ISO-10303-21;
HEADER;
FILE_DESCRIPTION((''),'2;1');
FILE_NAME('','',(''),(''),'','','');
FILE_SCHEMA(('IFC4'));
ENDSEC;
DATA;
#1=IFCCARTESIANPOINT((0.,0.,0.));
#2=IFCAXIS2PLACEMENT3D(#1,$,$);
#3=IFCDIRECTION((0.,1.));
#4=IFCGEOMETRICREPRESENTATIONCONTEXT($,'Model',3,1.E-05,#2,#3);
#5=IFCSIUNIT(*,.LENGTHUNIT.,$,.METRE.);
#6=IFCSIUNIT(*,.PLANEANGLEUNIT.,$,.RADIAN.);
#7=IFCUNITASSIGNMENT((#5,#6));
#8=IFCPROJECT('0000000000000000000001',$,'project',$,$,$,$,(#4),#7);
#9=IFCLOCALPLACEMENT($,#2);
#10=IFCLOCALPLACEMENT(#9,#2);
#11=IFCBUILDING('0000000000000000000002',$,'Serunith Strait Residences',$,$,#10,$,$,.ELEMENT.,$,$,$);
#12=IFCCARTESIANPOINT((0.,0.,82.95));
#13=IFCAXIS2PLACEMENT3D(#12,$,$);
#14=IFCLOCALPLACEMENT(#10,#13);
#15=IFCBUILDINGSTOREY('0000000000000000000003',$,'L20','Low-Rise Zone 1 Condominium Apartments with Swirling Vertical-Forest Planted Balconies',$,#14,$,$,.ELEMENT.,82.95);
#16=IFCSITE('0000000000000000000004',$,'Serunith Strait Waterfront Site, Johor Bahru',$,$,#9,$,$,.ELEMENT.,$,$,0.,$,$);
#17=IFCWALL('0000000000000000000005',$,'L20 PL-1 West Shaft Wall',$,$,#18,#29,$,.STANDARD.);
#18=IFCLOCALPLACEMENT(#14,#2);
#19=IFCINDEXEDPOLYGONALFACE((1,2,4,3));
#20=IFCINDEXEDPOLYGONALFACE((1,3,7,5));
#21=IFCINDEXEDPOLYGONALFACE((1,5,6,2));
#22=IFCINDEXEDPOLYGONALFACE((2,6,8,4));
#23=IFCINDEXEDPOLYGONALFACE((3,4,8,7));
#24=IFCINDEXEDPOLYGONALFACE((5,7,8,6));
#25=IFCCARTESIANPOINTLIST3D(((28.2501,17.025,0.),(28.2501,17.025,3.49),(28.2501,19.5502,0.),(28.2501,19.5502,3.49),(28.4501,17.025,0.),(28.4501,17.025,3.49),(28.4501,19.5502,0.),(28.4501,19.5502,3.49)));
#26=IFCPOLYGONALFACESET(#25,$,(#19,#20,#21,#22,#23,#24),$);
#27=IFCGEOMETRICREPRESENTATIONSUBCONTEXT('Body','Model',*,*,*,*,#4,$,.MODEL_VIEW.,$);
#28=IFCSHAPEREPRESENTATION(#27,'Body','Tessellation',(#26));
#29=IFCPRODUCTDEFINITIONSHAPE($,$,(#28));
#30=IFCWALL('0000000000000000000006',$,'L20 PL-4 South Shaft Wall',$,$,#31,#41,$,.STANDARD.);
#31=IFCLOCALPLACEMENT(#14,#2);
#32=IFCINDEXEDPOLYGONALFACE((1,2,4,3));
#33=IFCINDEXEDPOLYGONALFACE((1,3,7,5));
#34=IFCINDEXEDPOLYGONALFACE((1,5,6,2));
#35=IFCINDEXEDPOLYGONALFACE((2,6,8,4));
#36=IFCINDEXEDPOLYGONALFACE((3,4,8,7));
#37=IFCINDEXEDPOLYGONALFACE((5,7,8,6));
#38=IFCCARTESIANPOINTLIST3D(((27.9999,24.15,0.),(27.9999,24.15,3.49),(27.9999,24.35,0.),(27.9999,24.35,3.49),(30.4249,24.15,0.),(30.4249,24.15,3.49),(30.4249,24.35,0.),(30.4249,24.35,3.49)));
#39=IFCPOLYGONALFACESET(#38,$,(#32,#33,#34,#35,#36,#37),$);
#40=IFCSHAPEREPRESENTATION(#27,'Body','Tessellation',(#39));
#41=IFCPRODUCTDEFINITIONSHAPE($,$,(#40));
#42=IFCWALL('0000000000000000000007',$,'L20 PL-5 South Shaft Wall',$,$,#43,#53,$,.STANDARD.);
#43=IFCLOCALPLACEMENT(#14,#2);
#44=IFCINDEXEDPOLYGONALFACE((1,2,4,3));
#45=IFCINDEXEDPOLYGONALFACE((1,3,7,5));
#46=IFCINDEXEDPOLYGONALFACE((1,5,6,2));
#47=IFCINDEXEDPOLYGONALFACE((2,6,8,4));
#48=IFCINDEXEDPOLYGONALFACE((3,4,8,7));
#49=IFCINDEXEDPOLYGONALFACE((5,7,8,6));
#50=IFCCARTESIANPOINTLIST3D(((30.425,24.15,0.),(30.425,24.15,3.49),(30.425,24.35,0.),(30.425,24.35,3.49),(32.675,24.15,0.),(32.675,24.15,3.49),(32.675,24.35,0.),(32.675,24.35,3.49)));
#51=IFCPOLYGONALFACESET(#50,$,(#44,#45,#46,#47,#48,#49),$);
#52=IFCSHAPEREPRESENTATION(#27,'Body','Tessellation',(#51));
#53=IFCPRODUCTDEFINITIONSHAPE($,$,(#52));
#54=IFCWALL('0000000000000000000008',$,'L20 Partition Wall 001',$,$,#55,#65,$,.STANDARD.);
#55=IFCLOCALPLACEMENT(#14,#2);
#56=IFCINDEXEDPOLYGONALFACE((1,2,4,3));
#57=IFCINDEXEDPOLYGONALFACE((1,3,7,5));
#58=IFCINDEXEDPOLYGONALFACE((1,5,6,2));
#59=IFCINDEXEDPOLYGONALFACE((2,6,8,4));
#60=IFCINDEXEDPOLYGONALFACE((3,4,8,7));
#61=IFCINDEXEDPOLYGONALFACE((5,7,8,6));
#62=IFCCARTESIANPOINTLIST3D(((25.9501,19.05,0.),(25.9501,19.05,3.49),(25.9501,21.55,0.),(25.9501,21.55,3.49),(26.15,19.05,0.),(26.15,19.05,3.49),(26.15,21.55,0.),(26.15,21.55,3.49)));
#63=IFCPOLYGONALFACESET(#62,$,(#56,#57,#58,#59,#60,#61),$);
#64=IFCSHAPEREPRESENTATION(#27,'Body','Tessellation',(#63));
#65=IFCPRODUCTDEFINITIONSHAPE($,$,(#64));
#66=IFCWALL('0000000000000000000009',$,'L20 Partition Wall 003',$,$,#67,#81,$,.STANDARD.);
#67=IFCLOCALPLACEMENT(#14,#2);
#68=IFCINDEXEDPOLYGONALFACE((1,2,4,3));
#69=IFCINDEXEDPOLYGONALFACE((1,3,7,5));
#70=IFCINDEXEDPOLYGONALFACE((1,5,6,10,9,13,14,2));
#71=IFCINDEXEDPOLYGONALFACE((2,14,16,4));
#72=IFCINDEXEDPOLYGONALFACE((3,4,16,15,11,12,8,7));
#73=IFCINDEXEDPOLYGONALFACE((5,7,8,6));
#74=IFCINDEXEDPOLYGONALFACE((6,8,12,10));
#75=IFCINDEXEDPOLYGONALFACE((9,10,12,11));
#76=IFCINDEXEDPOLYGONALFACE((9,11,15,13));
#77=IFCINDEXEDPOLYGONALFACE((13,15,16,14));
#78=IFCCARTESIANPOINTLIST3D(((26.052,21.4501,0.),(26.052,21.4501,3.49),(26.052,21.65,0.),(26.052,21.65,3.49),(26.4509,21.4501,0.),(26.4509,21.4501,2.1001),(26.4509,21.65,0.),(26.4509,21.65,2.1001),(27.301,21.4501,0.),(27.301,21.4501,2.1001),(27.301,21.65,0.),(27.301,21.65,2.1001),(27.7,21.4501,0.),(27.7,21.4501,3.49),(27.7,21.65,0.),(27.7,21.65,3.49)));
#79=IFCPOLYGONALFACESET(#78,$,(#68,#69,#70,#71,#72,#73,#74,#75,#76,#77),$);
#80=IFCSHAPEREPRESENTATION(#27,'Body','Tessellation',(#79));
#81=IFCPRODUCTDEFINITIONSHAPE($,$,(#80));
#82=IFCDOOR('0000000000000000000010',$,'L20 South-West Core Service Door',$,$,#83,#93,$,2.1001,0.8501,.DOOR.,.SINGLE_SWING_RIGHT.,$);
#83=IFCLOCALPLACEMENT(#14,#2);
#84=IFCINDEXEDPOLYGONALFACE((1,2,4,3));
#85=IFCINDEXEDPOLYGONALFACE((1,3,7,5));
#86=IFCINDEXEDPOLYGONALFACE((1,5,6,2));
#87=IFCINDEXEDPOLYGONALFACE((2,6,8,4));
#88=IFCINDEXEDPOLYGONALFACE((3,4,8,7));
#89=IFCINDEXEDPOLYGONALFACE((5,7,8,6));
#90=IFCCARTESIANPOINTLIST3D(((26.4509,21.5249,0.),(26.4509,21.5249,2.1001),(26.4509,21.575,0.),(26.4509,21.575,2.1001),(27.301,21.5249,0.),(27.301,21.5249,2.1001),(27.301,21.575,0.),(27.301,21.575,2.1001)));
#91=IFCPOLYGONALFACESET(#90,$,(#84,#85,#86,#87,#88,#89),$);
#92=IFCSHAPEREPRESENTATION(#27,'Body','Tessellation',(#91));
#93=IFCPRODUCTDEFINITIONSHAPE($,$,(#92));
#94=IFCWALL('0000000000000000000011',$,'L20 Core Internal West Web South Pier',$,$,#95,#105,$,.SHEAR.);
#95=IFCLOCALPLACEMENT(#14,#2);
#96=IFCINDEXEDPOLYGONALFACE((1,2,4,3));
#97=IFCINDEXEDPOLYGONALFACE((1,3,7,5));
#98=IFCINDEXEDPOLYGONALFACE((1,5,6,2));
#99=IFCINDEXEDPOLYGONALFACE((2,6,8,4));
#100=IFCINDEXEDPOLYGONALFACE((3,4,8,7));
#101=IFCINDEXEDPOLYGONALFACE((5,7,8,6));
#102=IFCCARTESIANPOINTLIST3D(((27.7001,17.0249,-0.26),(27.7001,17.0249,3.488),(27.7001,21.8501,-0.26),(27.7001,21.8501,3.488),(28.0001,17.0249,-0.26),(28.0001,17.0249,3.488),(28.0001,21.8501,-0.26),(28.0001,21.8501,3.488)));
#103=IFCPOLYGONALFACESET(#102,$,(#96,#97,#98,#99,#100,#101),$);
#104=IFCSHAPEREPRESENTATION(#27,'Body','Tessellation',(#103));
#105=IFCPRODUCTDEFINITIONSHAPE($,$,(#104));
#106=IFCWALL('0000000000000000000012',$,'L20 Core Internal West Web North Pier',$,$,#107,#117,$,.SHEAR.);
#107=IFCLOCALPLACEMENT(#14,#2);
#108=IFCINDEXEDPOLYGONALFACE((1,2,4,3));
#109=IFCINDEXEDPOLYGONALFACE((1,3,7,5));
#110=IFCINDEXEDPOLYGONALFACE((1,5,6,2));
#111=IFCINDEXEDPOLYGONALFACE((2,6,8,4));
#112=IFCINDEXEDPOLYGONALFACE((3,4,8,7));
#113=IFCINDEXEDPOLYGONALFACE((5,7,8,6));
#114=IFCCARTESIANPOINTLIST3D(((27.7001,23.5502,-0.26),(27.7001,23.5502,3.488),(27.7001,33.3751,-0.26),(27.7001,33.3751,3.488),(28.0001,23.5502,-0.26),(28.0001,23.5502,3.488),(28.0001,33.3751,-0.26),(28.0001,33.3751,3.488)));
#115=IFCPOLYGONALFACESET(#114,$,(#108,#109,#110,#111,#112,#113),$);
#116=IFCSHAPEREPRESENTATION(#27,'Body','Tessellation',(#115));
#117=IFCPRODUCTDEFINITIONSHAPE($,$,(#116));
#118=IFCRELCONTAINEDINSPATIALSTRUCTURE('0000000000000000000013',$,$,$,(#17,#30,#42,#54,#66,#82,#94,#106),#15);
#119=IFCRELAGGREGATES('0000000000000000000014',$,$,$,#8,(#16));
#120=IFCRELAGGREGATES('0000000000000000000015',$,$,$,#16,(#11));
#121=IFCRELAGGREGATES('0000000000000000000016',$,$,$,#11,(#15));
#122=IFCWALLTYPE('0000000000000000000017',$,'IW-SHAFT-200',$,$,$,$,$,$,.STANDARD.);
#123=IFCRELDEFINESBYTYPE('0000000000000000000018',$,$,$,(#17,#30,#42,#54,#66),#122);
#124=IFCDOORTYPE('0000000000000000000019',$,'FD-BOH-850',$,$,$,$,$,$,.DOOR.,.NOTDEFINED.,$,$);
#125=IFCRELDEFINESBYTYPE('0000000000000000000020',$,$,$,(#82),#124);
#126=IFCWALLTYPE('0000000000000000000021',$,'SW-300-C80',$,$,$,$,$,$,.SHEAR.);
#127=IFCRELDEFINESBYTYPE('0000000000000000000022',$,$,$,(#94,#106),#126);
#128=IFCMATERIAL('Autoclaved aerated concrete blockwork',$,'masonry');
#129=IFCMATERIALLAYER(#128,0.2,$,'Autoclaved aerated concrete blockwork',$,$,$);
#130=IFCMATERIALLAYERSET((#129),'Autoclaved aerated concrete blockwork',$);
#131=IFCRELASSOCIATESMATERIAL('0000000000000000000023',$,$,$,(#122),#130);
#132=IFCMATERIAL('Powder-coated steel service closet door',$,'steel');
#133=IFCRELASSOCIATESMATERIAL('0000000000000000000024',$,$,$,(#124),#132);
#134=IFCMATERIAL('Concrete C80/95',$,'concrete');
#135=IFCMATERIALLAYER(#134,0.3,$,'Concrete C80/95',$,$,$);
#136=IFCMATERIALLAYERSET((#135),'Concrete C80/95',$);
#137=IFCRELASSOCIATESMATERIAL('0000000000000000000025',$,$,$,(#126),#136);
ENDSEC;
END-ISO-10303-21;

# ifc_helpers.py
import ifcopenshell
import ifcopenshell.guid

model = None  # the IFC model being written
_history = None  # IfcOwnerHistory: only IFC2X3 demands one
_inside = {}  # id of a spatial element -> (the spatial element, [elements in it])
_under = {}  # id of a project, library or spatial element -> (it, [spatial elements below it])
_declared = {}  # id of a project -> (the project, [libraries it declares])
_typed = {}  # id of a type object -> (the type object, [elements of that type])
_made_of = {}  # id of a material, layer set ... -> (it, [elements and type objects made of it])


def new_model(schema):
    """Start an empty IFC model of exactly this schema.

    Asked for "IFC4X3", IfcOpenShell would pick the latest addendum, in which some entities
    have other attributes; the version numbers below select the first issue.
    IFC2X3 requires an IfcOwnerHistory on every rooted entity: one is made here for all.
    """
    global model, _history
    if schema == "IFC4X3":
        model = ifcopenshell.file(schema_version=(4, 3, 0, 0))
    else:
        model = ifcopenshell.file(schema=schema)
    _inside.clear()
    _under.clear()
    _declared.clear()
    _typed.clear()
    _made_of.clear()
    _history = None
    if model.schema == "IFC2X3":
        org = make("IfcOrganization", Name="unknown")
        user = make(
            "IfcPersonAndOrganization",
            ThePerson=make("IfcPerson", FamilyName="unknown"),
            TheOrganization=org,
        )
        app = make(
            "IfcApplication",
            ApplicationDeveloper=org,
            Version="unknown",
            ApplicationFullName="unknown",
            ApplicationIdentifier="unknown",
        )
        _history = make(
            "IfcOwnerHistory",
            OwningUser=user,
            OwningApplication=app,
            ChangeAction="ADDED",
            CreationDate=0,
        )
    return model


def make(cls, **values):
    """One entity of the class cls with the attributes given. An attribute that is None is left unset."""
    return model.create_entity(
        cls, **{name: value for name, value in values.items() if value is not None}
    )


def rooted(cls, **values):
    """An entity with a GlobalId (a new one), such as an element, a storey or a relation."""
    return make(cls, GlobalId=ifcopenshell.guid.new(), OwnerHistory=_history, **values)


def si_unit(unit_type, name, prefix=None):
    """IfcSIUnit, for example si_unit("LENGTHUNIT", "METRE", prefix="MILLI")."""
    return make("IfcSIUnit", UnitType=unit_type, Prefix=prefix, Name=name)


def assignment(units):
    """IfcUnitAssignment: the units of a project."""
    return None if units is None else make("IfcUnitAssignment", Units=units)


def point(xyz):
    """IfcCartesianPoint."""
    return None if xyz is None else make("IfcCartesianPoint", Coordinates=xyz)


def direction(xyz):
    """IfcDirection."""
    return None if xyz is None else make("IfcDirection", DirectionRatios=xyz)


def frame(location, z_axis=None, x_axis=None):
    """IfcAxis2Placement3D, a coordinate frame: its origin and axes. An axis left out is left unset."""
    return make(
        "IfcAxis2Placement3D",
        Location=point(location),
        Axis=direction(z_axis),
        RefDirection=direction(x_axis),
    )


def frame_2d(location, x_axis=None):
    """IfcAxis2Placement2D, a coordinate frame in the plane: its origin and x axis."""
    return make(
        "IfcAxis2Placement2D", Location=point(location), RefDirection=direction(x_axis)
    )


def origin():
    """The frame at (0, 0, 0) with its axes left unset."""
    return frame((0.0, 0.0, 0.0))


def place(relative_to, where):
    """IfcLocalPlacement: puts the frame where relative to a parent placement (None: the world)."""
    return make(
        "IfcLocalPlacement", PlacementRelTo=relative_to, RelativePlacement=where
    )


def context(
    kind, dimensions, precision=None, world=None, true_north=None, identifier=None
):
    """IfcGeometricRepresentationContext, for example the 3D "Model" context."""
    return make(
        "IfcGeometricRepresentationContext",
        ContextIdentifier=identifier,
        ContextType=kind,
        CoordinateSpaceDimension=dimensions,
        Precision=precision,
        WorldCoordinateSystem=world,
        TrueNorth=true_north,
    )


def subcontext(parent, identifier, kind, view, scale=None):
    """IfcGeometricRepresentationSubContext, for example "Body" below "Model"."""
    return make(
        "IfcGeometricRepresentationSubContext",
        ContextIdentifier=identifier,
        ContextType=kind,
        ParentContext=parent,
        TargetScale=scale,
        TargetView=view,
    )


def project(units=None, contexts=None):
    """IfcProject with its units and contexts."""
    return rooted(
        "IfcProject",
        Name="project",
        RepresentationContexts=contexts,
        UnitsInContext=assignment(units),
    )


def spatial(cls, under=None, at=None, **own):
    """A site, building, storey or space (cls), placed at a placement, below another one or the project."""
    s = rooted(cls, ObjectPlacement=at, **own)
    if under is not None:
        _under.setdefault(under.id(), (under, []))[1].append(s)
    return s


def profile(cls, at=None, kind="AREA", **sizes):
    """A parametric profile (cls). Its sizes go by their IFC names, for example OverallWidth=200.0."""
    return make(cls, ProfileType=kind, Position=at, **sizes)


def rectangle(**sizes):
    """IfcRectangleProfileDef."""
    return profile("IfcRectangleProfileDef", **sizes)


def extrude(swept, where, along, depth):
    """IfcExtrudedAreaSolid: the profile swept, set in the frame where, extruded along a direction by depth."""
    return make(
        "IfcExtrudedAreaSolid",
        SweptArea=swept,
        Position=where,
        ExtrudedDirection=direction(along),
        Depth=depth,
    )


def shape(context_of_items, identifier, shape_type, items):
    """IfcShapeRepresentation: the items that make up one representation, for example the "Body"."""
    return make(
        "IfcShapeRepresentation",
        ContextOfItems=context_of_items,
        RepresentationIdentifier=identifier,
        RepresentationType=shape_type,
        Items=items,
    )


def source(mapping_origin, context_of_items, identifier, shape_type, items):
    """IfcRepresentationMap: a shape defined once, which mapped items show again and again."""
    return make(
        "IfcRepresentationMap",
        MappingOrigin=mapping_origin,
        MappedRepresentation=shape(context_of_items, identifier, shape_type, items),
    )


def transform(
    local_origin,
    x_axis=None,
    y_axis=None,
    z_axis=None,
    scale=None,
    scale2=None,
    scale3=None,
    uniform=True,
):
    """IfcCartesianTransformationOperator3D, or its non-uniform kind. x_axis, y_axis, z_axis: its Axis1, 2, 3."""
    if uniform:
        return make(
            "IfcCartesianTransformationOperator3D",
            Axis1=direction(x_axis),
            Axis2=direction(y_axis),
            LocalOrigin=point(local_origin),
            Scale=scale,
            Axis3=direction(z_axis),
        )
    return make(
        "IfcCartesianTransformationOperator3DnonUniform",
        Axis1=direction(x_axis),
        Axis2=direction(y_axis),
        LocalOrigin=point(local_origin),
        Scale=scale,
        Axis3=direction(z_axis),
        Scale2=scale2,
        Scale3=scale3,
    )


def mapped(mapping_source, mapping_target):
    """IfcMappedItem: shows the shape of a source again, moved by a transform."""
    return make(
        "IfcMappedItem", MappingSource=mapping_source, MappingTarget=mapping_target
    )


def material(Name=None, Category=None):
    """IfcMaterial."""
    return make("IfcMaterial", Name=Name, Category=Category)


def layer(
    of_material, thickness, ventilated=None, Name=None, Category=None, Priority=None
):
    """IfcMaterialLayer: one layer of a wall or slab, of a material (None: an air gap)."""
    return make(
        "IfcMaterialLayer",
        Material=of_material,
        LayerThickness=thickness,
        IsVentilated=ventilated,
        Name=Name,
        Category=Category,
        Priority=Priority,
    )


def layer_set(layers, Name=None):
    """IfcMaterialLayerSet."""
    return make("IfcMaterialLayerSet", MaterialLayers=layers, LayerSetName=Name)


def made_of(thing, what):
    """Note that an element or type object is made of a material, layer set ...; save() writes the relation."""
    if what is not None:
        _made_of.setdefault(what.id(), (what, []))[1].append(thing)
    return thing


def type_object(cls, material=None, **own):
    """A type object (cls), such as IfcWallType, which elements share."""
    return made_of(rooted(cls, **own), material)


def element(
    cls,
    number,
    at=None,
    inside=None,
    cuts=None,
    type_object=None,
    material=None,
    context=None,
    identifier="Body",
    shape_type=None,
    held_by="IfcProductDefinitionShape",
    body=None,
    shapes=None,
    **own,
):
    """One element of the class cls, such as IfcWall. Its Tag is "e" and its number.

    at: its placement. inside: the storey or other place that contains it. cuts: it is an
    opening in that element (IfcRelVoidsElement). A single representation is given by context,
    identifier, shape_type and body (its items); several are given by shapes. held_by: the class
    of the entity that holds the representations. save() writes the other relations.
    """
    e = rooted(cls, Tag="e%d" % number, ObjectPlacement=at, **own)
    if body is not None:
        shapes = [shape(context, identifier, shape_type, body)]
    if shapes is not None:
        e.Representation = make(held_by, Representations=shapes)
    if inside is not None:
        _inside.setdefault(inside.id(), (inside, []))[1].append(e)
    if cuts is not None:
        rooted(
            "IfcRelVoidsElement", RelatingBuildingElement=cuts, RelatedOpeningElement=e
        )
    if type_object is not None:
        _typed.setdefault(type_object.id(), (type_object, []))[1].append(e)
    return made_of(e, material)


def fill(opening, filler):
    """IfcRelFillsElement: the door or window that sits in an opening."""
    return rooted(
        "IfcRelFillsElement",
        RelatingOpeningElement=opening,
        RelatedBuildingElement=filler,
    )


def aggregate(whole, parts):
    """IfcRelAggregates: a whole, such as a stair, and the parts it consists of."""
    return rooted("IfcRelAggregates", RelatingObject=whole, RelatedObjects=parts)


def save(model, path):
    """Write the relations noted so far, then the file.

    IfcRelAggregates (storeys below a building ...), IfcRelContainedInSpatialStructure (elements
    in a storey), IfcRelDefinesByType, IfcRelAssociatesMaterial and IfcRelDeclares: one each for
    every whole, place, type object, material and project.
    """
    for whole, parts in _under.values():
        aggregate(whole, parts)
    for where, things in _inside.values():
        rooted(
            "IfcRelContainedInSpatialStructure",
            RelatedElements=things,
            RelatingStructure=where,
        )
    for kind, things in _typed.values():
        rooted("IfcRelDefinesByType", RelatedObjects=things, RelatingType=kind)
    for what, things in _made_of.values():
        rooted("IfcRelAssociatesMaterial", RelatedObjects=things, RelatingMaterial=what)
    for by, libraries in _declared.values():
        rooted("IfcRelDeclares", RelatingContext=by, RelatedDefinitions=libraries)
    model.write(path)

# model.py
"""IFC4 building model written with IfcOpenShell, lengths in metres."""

from ifc_helpers import new_model, si_unit, direction, frame, frame_2d, origin, place, context, subcontext, project, spatial, rectangle, extrude, source, transform, mapped, material, layer, layer_set, type_object, element, fill, save


model = new_model("IFC4")

# Units and contexts
model_context = context("Model", 3, precision=1e-05, world=origin(), true_north=direction((0.0, 1.0)))
body_context = subcontext(model_context, "Body", "Model", "MODEL_VIEW")
ifc_project = project(units=[si_unit("LENGTHUNIT", "METRE"), si_unit("PLANEANGLEUNIT", "RADIAN")], contexts=[model_context])

# Site, building, storey
site_placement = place(None, origin())
site = spatial("IfcSite", under=ifc_project, at=site_placement, Name="Serunith Strait Waterfront Site, Johor Bahru", CompositionType="ELEMENT", RefElevation=0.0)
building_placement = place(site_placement, origin())
building = spatial("IfcBuilding", under=site, at=building_placement, Name="Serunith Strait Residences", CompositionType="ELEMENT")
storey_placement = place(building_placement, frame((0.0, 0.0, 82.95)))
storey = spatial("IfcBuildingStorey", under=building, at=storey_placement, Name="L20", Description="Low-Rise Zone 1 Condominium Apartments with Swirling Vertical-Forest Planted Balconies", CompositionType="ELEMENT", Elevation=82.95)

# Shared definitions
ifc_material_1 = material(Name="Autoclaved aerated concrete blockwork", Category="masonry")
ifc_layer_1 = layer(ifc_material_1, 0.2, Name="Autoclaved aerated concrete blockwork")
ifc_layer_set_1 = layer_set([ifc_layer_1], Name="Autoclaved aerated concrete blockwork")
wall_type_1 = type_object("IfcWallType", Name="IW-SHAFT-200", PredefinedType="STANDARD", material=ifc_layer_set_1)

# Walls
wall_1_placement = place(storey_placement, frame((28.3501, 17.0249, 0.0), z_axis=(0.0, 0.0, 1.0), x_axis=(0.0, 1.0, 0.0)))
element("IfcWall", 1, at=wall_1_placement, inside=storey, type_object=wall_type_1, Name="L20 PL-1 West Shaft Wall", PredefinedType="STANDARD", context=body_context, shape_type="SweptSolid", body=[
    extrude(rectangle(XDim=2.5251, YDim=0.2, at=frame_2d((1.2627, 0.0))), origin(), (0.0, 0.0, 1.0), 3.49),
])
wall_2_placement = place(storey_placement, frame((28.0, 24.25, 0.0), z_axis=(0.0, 0.0, 1.0), x_axis=(1.0, 0.0, 0.0)))
element("IfcWall", 2, at=wall_2_placement, inside=storey, type_object=wall_type_1, Name="L20 PL-4 South Shaft Wall", PredefinedType="STANDARD", context=body_context, shape_type="SweptSolid", body=[
    extrude(rectangle(XDim=2.425, YDim=0.2, at=frame_2d((1.2124, 0.0))), origin(), (0.0, 0.0, 1.0), 3.49),
])
wall_3_placement = place(storey_placement, frame((30.425, 24.25, 0.0), z_axis=(0.0, 0.0, 1.0), x_axis=(1.0, 0.0, 0.0)))
element("IfcWall", 3, at=wall_3_placement, inside=storey, type_object=wall_type_1, Name="L20 PL-5 South Shaft Wall", PredefinedType="STANDARD", context=body_context, shape_type="SweptSolid", body=[
    extrude(rectangle(XDim=2.25, YDim=0.2, at=frame_2d((1.125, 0.0))), origin(), (0.0, 0.0, 1.0), 3.49),
])
wall_4_placement = place(storey_placement, frame((26.05, 19.05, 0.0), z_axis=(0.0, 0.0, 1.0), x_axis=(0.0, 1.0, 0.0)))
element("IfcWall", 4, at=wall_4_placement, inside=storey, type_object=wall_type_1, Name="L20 Partition Wall 001", PredefinedType="STANDARD", context=body_context, shape_type="SweptSolid", body=[
    extrude(rectangle(XDim=2.5, YDim=0.2, at=frame_2d((1.25, 0.0))), origin(), (0.0, 0.0, 1.0), 3.49),
])

# Wall, opening, door
wall_5_placement = place(storey_placement, frame((26.052, 21.55, 0.0), z_axis=(0.0, 0.0, 1.0), x_axis=(1.0, 0.0, 0.0)))
wall_5 = element("IfcWall", 5, at=wall_5_placement, inside=storey, type_object=wall_type_1, Name="L20 Partition Wall 003", PredefinedType="STANDARD", context=body_context, shape_type="SweptSolid", body=[
    extrude(rectangle(XDim=1.6479, YDim=0.2, at=frame_2d((0.824, 0.0))), origin(), (0.0, 0.0, 1.0), 3.49),
])
opening_1_placement = place(wall_5_placement, frame((0.3989, 0.0, 0.0)))
opening_1 = element("IfcOpeningElement", 6, at=opening_1_placement, cuts=wall_5, PredefinedType="OPENING", context=body_context, shape_type="SweptSolid", body=[
    extrude(rectangle(XDim=0.8501, YDim=2.1001, at=frame_2d((0.425, 1.05))), frame((0.0, 0.1099, 0.0), z_axis=(0.0, -1.0, 0.0), x_axis=(1.0, 0.0, 0.0)), (0.0, 0.0, 1.0), 0.22),
])
ifc_material_2 = material(Name="Powder-coated steel service closet door", Category="steel")
door_type_1 = type_object("IfcDoorType", Name="FD-BOH-850", OperationType="NOTDEFINED", PredefinedType="DOOR", material=ifc_material_2)
shared_shape_1 = source(origin(), body_context, "Body", "SweptSolid", [
    extrude(rectangle(XDim=0.8501, YDim=2.1001, at=frame_2d((0.425, 1.05))), frame((0.0, 0.0249, 0.0), z_axis=(0.0, -1.0, 0.0), x_axis=(1.0, 0.0, 0.0)), (0.0, 0.0, 1.0), 0.05),
])
door_1_placement = place(opening_1_placement, origin())
door_1 = element("IfcDoor", 7, at=door_1_placement, inside=storey, type_object=door_type_1, Name="L20 South-West Core Service Door", OperationType="SINGLE_SWING_RIGHT", OverallHeight=2.1001, OverallWidth=0.8501, PredefinedType="DOOR", context=body_context, shape_type="MappedRepresentation", body=[
    mapped(shared_shape_1, transform((0.0, 0.0, 0.0), scale=1.0)),
])
fill(opening_1, door_1)

# Walls
ifc_material_3 = material(Name="Concrete C80/95", Category="concrete")
ifc_layer_2 = layer(ifc_material_3, 0.3, Name="Concrete C80/95")
ifc_layer_set_2 = layer_set([ifc_layer_2], Name="Concrete C80/95")
wall_type_2 = type_object("IfcWallType", Name="SW-300-C80", PredefinedType="SHEAR", material=ifc_layer_set_2)
wall_6_placement = place(storey_placement, frame((27.8501, 17.0249, -0.26), z_axis=(0.0, 0.0, 1.0), x_axis=(0.0, 1.0, 0.0)))
element("IfcWall", 8, at=wall_6_placement, inside=storey, type_object=wall_type_2, Name="L20 Core Internal West Web South Pier", PredefinedType="SHEAR", context=body_context, shape_type="SweptSolid", body=[
    extrude(rectangle(XDim=4.8252, YDim=0.3, at=frame_2d((2.4126, 0.0))), origin(), (0.0, 0.0, 1.0), 3.748),
])
wall_7_placement = place(storey_placement, frame((27.8501, 23.55, -0.26), z_axis=(0.0, 0.0, 1.0), x_axis=(0.0, 1.0, 0.0)))
element("IfcWall", 9, at=wall_7_placement, inside=storey, type_object=wall_type_2, Name="L20 Core Internal West Web North Pier", PredefinedType="SHEAR", context=body_context, shape_type="SweptSolid", body=[
    extrude(rectangle(XDim=9.825, YDim=0.3, at=frame_2d((4.9126, 0.0))), origin(), (0.0, 0.0, 1.0), 3.748),
])

save(model, "model.ifc")
